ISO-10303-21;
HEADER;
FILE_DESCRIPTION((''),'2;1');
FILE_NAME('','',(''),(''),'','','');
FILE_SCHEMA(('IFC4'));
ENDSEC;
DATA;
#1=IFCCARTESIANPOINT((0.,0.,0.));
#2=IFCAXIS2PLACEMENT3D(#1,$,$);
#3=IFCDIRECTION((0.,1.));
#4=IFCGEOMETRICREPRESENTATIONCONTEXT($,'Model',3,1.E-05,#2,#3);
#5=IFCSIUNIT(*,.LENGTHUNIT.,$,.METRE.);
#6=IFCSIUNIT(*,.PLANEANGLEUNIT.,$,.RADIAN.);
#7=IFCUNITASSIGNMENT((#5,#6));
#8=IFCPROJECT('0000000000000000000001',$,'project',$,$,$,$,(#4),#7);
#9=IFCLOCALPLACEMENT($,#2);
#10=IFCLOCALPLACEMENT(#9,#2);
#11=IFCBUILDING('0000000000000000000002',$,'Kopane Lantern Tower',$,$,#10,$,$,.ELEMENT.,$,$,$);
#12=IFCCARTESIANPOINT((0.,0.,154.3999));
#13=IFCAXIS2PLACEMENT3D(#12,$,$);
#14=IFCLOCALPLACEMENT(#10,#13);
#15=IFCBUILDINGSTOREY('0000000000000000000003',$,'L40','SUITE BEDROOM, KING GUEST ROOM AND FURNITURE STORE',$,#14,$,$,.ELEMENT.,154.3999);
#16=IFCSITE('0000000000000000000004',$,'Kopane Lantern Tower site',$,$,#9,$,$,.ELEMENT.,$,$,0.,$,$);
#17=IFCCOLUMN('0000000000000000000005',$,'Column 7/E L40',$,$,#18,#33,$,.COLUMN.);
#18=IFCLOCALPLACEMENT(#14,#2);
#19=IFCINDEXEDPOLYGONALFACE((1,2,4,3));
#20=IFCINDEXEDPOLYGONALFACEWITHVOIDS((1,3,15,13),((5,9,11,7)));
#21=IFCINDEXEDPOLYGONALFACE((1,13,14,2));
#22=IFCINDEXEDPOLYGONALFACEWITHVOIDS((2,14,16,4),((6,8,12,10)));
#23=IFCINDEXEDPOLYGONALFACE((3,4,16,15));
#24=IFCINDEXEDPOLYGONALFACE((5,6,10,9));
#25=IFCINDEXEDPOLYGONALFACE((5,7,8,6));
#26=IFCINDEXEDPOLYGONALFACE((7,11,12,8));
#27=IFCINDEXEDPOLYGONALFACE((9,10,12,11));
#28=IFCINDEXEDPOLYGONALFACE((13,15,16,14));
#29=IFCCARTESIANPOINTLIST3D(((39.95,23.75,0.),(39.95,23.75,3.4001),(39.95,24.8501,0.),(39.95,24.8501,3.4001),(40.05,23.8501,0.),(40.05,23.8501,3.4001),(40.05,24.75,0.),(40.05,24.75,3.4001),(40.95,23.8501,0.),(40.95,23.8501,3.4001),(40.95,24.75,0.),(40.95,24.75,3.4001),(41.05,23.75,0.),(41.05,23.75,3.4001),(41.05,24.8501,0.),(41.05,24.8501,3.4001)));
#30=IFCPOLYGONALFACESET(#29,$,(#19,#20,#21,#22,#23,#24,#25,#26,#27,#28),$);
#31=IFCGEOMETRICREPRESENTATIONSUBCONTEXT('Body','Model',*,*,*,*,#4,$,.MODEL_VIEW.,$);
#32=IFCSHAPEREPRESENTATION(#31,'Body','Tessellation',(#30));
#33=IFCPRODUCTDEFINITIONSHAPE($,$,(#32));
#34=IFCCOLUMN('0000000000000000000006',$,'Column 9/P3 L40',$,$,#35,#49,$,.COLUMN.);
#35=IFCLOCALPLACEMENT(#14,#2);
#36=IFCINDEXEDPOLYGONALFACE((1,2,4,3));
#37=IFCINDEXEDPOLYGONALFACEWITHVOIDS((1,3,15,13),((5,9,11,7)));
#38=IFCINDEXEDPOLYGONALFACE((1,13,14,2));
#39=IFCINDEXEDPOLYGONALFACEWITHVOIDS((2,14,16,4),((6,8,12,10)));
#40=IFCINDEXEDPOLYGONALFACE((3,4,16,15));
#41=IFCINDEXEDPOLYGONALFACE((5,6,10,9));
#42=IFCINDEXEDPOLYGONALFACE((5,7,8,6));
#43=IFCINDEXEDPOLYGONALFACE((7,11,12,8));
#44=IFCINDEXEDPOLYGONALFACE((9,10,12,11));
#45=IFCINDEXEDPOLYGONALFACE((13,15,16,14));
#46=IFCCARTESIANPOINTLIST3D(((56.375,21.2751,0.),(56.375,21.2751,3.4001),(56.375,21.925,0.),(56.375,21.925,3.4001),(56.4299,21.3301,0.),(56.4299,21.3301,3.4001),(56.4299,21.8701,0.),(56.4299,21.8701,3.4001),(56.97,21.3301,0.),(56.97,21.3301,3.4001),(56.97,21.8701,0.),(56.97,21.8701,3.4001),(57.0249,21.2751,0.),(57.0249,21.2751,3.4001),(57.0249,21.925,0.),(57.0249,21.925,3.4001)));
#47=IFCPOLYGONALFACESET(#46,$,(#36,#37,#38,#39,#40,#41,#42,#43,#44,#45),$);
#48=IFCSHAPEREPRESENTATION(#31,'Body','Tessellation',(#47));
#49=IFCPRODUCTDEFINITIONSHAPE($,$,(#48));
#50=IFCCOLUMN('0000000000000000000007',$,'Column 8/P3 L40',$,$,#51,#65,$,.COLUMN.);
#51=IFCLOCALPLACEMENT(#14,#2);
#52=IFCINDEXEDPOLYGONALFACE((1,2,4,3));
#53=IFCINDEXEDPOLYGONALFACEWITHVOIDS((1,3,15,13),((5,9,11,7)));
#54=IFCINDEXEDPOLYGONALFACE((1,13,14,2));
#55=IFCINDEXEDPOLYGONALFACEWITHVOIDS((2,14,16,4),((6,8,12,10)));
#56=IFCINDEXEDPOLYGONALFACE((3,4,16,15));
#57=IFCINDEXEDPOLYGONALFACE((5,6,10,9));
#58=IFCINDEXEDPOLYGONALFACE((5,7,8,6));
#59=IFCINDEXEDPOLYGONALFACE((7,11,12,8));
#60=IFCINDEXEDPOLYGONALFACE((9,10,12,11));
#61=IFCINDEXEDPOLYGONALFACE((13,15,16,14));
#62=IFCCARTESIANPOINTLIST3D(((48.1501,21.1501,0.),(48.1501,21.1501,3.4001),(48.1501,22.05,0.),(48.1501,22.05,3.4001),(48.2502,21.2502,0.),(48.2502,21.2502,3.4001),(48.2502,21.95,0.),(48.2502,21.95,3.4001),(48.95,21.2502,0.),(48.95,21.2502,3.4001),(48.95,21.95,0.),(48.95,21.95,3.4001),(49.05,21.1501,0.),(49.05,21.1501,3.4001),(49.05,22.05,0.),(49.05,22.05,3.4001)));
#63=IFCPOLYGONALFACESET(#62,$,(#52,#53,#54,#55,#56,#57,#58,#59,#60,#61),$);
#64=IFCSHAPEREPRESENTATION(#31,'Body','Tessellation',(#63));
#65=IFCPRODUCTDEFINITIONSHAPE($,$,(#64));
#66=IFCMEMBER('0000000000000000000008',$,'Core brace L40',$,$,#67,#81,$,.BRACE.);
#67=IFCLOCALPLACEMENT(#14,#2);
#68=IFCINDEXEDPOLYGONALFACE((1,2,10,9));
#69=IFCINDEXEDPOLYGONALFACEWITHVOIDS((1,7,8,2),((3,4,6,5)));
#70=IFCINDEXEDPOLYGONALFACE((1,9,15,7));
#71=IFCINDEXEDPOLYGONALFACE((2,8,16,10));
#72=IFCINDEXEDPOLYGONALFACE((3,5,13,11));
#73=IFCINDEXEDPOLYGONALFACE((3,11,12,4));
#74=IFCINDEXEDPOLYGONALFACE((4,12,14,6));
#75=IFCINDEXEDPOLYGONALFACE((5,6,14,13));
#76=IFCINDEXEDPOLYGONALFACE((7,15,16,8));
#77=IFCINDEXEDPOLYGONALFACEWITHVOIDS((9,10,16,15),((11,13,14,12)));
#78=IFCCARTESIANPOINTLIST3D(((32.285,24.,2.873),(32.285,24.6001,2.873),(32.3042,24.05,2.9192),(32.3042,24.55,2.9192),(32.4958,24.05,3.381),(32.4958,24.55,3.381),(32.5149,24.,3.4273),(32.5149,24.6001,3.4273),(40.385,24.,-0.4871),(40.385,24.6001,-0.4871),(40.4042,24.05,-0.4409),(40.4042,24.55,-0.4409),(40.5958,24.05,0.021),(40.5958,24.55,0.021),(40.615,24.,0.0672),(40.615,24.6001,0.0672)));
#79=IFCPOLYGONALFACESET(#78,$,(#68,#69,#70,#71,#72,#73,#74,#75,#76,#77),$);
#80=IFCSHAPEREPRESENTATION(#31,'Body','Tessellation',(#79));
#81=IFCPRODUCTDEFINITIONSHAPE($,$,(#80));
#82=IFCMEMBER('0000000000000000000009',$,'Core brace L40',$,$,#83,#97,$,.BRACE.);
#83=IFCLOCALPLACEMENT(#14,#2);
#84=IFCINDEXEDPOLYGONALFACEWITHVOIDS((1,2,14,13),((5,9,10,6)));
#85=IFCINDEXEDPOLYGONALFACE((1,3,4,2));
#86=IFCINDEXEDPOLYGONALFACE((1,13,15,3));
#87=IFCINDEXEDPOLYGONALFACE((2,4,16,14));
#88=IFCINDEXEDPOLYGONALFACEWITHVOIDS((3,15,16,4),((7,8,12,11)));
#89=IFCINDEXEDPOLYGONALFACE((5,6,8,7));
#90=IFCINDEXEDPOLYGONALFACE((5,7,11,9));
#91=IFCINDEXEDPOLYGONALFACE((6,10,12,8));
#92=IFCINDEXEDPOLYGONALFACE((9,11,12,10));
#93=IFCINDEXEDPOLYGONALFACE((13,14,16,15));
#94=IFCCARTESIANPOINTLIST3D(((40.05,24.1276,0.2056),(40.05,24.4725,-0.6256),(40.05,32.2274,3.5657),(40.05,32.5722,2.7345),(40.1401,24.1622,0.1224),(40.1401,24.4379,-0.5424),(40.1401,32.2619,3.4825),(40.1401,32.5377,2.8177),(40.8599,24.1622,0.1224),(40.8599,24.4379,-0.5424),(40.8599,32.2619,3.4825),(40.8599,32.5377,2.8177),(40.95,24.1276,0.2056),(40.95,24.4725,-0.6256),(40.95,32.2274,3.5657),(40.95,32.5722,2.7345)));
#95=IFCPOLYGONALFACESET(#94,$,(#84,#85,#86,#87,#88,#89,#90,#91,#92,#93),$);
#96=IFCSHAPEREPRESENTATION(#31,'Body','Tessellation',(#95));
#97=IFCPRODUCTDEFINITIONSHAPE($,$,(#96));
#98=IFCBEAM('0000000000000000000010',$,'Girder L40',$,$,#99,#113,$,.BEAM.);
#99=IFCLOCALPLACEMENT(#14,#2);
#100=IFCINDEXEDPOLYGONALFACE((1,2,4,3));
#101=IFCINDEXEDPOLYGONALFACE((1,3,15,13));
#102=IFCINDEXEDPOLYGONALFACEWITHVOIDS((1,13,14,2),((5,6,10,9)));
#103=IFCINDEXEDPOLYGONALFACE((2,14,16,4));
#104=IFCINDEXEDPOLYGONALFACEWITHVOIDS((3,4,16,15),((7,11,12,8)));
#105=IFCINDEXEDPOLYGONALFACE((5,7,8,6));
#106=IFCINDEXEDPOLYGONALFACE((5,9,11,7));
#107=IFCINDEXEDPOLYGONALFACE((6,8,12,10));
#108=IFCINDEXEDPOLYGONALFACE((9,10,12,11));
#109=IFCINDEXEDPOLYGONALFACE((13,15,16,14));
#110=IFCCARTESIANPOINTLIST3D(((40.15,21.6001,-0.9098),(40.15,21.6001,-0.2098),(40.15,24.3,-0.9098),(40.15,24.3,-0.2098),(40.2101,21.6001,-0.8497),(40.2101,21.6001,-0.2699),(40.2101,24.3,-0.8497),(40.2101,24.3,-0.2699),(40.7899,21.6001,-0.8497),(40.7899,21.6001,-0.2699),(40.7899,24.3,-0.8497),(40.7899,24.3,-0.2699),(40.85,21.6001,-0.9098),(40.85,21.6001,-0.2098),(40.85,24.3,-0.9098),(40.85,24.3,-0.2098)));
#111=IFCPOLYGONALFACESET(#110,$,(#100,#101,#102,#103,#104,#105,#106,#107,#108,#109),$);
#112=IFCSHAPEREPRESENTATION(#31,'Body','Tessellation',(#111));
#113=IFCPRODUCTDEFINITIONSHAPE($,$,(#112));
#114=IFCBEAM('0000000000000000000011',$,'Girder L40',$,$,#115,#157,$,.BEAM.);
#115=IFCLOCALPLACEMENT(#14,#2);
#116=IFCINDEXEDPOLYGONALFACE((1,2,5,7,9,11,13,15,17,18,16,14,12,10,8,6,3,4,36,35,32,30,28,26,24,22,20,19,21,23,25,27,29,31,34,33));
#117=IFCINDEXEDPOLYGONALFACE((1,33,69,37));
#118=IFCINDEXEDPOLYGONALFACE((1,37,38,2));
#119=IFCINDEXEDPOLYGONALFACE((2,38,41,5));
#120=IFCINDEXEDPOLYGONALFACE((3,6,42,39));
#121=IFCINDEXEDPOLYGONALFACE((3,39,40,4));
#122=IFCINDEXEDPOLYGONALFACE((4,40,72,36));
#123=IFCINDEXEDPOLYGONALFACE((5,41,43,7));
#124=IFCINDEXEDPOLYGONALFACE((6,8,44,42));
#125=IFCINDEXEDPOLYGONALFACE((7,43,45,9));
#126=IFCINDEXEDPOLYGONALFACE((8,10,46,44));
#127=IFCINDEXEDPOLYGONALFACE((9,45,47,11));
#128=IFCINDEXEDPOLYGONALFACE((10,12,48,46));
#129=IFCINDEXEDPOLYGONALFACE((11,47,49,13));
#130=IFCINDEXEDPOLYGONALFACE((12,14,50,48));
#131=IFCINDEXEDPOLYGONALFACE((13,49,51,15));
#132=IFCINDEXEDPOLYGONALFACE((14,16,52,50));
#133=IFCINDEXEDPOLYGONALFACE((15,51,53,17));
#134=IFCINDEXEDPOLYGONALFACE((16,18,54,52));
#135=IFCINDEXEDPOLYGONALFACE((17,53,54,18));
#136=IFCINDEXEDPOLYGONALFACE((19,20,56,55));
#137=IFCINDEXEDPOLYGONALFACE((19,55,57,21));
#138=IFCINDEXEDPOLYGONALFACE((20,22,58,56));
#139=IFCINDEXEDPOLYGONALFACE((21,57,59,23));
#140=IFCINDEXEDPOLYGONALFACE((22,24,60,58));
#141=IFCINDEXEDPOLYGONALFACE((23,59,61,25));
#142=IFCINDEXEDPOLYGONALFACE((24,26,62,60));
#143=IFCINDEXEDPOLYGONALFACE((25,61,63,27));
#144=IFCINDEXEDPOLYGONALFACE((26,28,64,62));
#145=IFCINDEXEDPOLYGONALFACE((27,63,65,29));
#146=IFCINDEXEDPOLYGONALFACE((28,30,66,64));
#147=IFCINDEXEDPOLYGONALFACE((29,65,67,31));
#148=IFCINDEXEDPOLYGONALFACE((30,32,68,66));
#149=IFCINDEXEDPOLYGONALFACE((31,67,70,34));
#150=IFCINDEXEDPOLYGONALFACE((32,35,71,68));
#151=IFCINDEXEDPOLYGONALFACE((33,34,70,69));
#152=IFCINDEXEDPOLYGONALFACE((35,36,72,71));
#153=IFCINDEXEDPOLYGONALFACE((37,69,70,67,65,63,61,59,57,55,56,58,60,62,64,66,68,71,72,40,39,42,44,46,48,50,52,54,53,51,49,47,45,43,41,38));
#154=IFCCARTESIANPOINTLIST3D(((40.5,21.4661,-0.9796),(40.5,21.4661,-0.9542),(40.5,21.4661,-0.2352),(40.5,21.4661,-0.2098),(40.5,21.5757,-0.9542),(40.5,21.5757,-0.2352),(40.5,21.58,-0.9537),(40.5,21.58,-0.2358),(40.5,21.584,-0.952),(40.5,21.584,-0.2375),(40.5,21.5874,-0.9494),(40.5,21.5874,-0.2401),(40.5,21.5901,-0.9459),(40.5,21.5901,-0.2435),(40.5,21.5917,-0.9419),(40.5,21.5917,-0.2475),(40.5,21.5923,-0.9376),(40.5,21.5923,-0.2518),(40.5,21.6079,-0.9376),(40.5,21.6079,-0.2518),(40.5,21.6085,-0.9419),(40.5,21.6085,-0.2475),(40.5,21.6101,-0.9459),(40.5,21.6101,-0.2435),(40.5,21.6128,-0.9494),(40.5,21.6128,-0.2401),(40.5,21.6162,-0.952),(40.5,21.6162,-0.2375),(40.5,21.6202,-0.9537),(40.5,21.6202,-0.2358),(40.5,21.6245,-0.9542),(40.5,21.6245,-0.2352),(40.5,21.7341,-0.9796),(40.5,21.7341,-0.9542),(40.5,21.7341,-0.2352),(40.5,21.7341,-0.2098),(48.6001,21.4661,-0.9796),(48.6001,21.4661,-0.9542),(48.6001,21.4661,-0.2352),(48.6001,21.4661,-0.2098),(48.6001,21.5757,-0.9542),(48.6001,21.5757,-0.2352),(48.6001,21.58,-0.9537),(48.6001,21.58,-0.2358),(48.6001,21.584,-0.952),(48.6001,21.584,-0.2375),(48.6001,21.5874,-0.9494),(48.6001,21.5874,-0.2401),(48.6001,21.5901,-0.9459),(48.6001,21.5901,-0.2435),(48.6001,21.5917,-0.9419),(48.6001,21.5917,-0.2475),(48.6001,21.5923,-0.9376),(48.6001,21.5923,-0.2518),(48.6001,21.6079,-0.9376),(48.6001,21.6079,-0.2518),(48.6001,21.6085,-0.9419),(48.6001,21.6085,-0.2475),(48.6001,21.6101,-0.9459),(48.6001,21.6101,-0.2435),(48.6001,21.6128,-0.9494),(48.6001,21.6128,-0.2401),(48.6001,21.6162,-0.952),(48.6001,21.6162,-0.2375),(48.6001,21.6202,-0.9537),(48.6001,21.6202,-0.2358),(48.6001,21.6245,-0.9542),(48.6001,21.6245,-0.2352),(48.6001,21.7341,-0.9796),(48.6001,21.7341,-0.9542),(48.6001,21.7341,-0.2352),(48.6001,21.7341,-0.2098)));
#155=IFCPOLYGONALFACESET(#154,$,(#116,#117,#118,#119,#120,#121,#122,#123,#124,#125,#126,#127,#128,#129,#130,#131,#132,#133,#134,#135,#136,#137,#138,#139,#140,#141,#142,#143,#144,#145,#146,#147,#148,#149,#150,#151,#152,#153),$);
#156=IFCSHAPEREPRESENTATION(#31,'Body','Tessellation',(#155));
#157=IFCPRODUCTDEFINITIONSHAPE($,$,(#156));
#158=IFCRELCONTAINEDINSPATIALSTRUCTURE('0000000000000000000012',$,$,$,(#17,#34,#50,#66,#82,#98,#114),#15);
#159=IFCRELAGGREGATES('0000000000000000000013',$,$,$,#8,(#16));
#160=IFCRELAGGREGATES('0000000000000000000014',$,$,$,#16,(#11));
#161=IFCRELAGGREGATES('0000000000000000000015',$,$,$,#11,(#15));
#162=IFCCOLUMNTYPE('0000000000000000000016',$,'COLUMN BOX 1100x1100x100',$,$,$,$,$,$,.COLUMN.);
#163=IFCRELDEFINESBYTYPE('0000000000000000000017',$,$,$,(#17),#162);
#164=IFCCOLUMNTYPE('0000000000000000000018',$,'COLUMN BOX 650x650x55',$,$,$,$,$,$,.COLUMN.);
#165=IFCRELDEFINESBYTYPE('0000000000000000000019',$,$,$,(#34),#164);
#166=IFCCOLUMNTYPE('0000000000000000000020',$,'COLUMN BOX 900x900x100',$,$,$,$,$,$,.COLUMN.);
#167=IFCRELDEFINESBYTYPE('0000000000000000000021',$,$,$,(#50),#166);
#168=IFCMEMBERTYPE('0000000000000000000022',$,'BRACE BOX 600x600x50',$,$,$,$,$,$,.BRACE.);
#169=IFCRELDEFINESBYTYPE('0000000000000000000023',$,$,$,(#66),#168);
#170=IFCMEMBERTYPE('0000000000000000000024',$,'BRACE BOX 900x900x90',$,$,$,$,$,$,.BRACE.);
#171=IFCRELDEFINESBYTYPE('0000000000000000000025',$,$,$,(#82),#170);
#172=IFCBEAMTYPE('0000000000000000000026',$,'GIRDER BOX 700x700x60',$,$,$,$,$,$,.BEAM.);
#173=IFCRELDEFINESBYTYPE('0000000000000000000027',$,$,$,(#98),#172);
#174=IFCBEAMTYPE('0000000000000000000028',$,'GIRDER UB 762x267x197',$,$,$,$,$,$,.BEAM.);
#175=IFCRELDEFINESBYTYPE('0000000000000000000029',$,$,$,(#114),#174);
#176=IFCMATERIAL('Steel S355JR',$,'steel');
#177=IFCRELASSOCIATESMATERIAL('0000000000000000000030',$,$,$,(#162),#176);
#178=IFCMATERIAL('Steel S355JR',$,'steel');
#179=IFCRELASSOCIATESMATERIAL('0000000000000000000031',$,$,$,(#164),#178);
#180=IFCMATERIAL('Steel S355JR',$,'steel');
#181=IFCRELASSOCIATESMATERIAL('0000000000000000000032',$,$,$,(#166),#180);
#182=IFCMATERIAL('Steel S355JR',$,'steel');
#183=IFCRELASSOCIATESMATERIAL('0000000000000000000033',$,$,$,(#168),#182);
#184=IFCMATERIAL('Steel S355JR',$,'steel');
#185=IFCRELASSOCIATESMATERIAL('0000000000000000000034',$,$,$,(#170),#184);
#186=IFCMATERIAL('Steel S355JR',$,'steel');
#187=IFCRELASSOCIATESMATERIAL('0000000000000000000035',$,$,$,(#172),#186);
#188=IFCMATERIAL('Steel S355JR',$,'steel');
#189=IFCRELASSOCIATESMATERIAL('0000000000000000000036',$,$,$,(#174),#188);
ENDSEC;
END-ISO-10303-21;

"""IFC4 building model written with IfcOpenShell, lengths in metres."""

from ifc_helpers import new_model, si_unit, direction, frame, origin, origin_2d, place, context, subcontext, project, spatial, hollow_rectangle, i_section, extrude, material, material_profile, profile_set, type_object, element, save


model = new_model("IFC4")

# Units and contexts
model_context = context("Model", 3, precision=1e-05, world=origin(), true_north=direction((0.0, 1.0)))
body_context = subcontext(model_context, "Body", "Model", "MODEL_VIEW")
ifc_project = project(units=[si_unit("LENGTHUNIT", "METRE"), si_unit("PLANEANGLEUNIT", "RADIAN")], contexts=[model_context])

# Site, building, storey
site_placement = place(None, origin())
site = spatial("IfcSite", under=ifc_project, at=site_placement, Name="Kopane Lantern Tower site", CompositionType="ELEMENT", RefElevation=0.0)
building_placement = place(site_placement, origin())
building = spatial("IfcBuilding", under=site, at=building_placement, Name="Kopane Lantern Tower", CompositionType="ELEMENT")
storey_placement = place(building_placement, frame((0.0, 0.0, 154.3999)))
storey = spatial("IfcBuildingStorey", under=building, at=storey_placement, Name="L40", Description="SUITE BEDROOM, KING GUEST ROOM AND FURNITURE STORE", CompositionType="ELEMENT", Elevation=154.3999)

# Columns
ifc_material_1 = material(Name="Steel S355JR", Category="steel")
ifc_material_profile_1 = material_profile(ifc_material_1, hollow_rectangle(XDim=1.1001, YDim=1.1001, WallThickness=0.1001, at=origin_2d()), Name="BOX 1100x1100x100")
ifc_profile_set_1 = profile_set([ifc_material_profile_1], Name="Steel S355JR")
column_type_1 = type_object("IfcColumnType", Name="COLUMN BOX 1100x1100x100", PredefinedType="COLUMN", material=ifc_profile_set_1)
column_1_placement = place(storey_placement, frame((40.5, 24.3, 0.0), z_axis=(0.0, 0.0, 1.0), x_axis=(1.0, 0.0, 0.0)))
element("IfcColumn", 1, at=column_1_placement, inside=storey, type_object=column_type_1, Name="Column 7/E L40", PredefinedType="COLUMN", context=body_context, shape_type="SweptSolid", body=[
    extrude(hollow_rectangle(XDim=1.1001, YDim=1.1001, WallThickness=0.1001, at=origin_2d()), origin(), (0.0, 0.0, 1.0), 3.4001),
])
ifc_material_2 = material(Name="Steel S355JR", Category="steel")
ifc_material_profile_2 = material_profile(ifc_material_2, hollow_rectangle(XDim=0.6499, YDim=0.6499, WallThickness=0.0549, at=origin_2d()), Name="BOX 650x650x55")
ifc_profile_set_2 = profile_set([ifc_material_profile_2], Name="Steel S355JR")
column_type_2 = type_object("IfcColumnType", Name="COLUMN BOX 650x650x55", PredefinedType="COLUMN", material=ifc_profile_set_2)
column_2_placement = place(storey_placement, frame((56.7, 21.6001, 0.0), z_axis=(0.0, 0.0, 1.0), x_axis=(1.0, 0.0, 0.0)))
element("IfcColumn", 2, at=column_2_placement, inside=storey, type_object=column_type_2, Name="Column 9/P3 L40", PredefinedType="COLUMN", context=body_context, shape_type="SweptSolid", body=[
    extrude(hollow_rectangle(XDim=0.6499, YDim=0.6499, WallThickness=0.0549, at=origin_2d()), origin(), (0.0, 0.0, 1.0), 3.4001),
])
ifc_material_3 = material(Name="Steel S355JR", Category="steel")
ifc_material_profile_3 = material_profile(ifc_material_3, hollow_rectangle(XDim=0.8999, YDim=0.8999, WallThickness=0.1001, at=origin_2d()), Name="BOX 900x900x100")
ifc_profile_set_3 = profile_set([ifc_material_profile_3], Name="Steel S355JR")
column_type_3 = type_object("IfcColumnType", Name="COLUMN BOX 900x900x100", PredefinedType="COLUMN", material=ifc_profile_set_3)
column_3_placement = place(storey_placement, frame((48.6001, 21.6001, 0.0), z_axis=(0.0, 0.0, 1.0), x_axis=(1.0, 0.0, 0.0)))
element("IfcColumn", 3, at=column_3_placement, inside=storey, type_object=column_type_3, Name="Column 8/P3 L40", PredefinedType="COLUMN", context=body_context, shape_type="SweptSolid", body=[
    extrude(hollow_rectangle(XDim=0.8999, YDim=0.8999, WallThickness=0.1001, at=origin_2d()), origin(), (0.0, 0.0, 1.0), 3.4001),
])

# Members
ifc_material_4 = material(Name="Steel S355JR", Category="steel")
ifc_material_profile_4 = material_profile(ifc_material_4, hollow_rectangle(XDim=0.6001, YDim=0.6001, WallThickness=0.05, at=origin_2d()), Name="BOX 600x600x50")
ifc_profile_set_4 = profile_set([ifc_material_profile_4], Name="Steel S355JR")
member_type_1 = type_object("IfcMemberType", Name="BRACE BOX 600x600x50", PredefinedType="BRACE", material=ifc_profile_set_4)
member_1_placement = place(storey_placement, frame((40.5, 24.3, -0.21), z_axis=(-0.92368, 0.0, 0.383164), x_axis=(0.0, -1.0, 0.0)))
element("IfcMember", 4, at=member_1_placement, inside=storey, type_object=member_type_1, Name="Core brace L40", PredefinedType="BRACE", context=body_context, shape_type="SweptSolid", body=[
    extrude(hollow_rectangle(XDim=0.6001, YDim=0.6001, WallThickness=0.05, at=origin_2d()), origin(), (0.0, 0.0, 1.0), 8.7693),
])
ifc_material_5 = material(Name="Steel S355JR", Category="steel")
ifc_material_profile_5 = material_profile(ifc_material_5, hollow_rectangle(XDim=0.8999, YDim=0.8999, WallThickness=0.0901, at=origin_2d()), Name="BOX 900x900x90")
ifc_profile_set_5 = profile_set([ifc_material_profile_5], Name="Steel S355JR")
member_type_2 = type_object("IfcMemberType", Name="BRACE BOX 900x900x90", PredefinedType="BRACE", material=ifc_profile_set_5)
member_2_placement = place(storey_placement, frame((40.5, 24.3, -0.21), z_axis=(0.0, 0.923676, 0.383174), x_axis=(-1.0, 0.0, 0.0)))
element("IfcMember", 5, at=member_2_placement, inside=storey, type_object=member_type_2, Name="Core brace L40", PredefinedType="BRACE", context=body_context, shape_type="SweptSolid", body=[
    extrude(hollow_rectangle(XDim=0.8999, YDim=0.8999, WallThickness=0.0901, at=origin_2d()), origin(), (0.0, 0.0, 1.0), 8.769),
])

# Beams
ifc_material_6 = material(Name="Steel S355JR", Category="steel")
ifc_material_profile_6 = material_profile(ifc_material_6, hollow_rectangle(XDim=0.7, YDim=0.7, WallThickness=0.0601, at=origin_2d()), Name="BOX 700x700x60")
ifc_profile_set_6 = profile_set([ifc_material_profile_6], Name="Steel S355JR")
beam_type_1 = type_object("IfcBeamType", Name="GIRDER BOX 700x700x60", PredefinedType="BEAM", material=ifc_profile_set_6)
beam_1_placement = place(storey_placement, frame((40.5, 21.6001, -0.5598), z_axis=(0.0, 1.0, 0.0), x_axis=(-1.0, 0.0, 0.0)))
element("IfcBeam", 6, at=beam_1_placement, inside=storey, type_object=beam_type_1, Name="Girder L40", PredefinedType="BEAM", context=body_context, shape_type="SweptSolid", body=[
    extrude(hollow_rectangle(XDim=0.7, YDim=0.7, WallThickness=0.0601, at=origin_2d()), origin(), (0.0, 0.0, 1.0), 2.7),
])
ifc_material_7 = material(Name="Steel S355JR", Category="steel")
ifc_material_profile_7 = material_profile(ifc_material_7, i_section(OverallWidth=0.2681, OverallDepth=0.7698, WebThickness=0.0156, FlangeThickness=0.0254, FilletRadius=0.0166, at=origin_2d()), Name="UB 762x267x197")
ifc_profile_set_7 = profile_set([ifc_material_profile_7], Name="Steel S355JR")
beam_type_2 = type_object("IfcBeamType", Name="GIRDER UB 762x267x197", PredefinedType="BEAM", material=ifc_profile_set_7)
beam_2_placement = place(storey_placement, frame((40.5, 21.6001, -0.5947), z_axis=(1.0, 0.0, 0.0), x_axis=(0.0, 1.0, 0.0)))
element("IfcBeam", 7, at=beam_2_placement, inside=storey, type_object=beam_type_2, Name="Girder L40", PredefinedType="BEAM", context=body_context, shape_type="SweptSolid", body=[
    extrude(i_section(OverallWidth=0.2681, OverallDepth=0.7698, WebThickness=0.0156, FlangeThickness=0.0254, FilletRadius=0.0166, at=origin_2d()), origin(), (0.0, 0.0, 1.0), 8.1001),
])

save(model, "model.ifc")
